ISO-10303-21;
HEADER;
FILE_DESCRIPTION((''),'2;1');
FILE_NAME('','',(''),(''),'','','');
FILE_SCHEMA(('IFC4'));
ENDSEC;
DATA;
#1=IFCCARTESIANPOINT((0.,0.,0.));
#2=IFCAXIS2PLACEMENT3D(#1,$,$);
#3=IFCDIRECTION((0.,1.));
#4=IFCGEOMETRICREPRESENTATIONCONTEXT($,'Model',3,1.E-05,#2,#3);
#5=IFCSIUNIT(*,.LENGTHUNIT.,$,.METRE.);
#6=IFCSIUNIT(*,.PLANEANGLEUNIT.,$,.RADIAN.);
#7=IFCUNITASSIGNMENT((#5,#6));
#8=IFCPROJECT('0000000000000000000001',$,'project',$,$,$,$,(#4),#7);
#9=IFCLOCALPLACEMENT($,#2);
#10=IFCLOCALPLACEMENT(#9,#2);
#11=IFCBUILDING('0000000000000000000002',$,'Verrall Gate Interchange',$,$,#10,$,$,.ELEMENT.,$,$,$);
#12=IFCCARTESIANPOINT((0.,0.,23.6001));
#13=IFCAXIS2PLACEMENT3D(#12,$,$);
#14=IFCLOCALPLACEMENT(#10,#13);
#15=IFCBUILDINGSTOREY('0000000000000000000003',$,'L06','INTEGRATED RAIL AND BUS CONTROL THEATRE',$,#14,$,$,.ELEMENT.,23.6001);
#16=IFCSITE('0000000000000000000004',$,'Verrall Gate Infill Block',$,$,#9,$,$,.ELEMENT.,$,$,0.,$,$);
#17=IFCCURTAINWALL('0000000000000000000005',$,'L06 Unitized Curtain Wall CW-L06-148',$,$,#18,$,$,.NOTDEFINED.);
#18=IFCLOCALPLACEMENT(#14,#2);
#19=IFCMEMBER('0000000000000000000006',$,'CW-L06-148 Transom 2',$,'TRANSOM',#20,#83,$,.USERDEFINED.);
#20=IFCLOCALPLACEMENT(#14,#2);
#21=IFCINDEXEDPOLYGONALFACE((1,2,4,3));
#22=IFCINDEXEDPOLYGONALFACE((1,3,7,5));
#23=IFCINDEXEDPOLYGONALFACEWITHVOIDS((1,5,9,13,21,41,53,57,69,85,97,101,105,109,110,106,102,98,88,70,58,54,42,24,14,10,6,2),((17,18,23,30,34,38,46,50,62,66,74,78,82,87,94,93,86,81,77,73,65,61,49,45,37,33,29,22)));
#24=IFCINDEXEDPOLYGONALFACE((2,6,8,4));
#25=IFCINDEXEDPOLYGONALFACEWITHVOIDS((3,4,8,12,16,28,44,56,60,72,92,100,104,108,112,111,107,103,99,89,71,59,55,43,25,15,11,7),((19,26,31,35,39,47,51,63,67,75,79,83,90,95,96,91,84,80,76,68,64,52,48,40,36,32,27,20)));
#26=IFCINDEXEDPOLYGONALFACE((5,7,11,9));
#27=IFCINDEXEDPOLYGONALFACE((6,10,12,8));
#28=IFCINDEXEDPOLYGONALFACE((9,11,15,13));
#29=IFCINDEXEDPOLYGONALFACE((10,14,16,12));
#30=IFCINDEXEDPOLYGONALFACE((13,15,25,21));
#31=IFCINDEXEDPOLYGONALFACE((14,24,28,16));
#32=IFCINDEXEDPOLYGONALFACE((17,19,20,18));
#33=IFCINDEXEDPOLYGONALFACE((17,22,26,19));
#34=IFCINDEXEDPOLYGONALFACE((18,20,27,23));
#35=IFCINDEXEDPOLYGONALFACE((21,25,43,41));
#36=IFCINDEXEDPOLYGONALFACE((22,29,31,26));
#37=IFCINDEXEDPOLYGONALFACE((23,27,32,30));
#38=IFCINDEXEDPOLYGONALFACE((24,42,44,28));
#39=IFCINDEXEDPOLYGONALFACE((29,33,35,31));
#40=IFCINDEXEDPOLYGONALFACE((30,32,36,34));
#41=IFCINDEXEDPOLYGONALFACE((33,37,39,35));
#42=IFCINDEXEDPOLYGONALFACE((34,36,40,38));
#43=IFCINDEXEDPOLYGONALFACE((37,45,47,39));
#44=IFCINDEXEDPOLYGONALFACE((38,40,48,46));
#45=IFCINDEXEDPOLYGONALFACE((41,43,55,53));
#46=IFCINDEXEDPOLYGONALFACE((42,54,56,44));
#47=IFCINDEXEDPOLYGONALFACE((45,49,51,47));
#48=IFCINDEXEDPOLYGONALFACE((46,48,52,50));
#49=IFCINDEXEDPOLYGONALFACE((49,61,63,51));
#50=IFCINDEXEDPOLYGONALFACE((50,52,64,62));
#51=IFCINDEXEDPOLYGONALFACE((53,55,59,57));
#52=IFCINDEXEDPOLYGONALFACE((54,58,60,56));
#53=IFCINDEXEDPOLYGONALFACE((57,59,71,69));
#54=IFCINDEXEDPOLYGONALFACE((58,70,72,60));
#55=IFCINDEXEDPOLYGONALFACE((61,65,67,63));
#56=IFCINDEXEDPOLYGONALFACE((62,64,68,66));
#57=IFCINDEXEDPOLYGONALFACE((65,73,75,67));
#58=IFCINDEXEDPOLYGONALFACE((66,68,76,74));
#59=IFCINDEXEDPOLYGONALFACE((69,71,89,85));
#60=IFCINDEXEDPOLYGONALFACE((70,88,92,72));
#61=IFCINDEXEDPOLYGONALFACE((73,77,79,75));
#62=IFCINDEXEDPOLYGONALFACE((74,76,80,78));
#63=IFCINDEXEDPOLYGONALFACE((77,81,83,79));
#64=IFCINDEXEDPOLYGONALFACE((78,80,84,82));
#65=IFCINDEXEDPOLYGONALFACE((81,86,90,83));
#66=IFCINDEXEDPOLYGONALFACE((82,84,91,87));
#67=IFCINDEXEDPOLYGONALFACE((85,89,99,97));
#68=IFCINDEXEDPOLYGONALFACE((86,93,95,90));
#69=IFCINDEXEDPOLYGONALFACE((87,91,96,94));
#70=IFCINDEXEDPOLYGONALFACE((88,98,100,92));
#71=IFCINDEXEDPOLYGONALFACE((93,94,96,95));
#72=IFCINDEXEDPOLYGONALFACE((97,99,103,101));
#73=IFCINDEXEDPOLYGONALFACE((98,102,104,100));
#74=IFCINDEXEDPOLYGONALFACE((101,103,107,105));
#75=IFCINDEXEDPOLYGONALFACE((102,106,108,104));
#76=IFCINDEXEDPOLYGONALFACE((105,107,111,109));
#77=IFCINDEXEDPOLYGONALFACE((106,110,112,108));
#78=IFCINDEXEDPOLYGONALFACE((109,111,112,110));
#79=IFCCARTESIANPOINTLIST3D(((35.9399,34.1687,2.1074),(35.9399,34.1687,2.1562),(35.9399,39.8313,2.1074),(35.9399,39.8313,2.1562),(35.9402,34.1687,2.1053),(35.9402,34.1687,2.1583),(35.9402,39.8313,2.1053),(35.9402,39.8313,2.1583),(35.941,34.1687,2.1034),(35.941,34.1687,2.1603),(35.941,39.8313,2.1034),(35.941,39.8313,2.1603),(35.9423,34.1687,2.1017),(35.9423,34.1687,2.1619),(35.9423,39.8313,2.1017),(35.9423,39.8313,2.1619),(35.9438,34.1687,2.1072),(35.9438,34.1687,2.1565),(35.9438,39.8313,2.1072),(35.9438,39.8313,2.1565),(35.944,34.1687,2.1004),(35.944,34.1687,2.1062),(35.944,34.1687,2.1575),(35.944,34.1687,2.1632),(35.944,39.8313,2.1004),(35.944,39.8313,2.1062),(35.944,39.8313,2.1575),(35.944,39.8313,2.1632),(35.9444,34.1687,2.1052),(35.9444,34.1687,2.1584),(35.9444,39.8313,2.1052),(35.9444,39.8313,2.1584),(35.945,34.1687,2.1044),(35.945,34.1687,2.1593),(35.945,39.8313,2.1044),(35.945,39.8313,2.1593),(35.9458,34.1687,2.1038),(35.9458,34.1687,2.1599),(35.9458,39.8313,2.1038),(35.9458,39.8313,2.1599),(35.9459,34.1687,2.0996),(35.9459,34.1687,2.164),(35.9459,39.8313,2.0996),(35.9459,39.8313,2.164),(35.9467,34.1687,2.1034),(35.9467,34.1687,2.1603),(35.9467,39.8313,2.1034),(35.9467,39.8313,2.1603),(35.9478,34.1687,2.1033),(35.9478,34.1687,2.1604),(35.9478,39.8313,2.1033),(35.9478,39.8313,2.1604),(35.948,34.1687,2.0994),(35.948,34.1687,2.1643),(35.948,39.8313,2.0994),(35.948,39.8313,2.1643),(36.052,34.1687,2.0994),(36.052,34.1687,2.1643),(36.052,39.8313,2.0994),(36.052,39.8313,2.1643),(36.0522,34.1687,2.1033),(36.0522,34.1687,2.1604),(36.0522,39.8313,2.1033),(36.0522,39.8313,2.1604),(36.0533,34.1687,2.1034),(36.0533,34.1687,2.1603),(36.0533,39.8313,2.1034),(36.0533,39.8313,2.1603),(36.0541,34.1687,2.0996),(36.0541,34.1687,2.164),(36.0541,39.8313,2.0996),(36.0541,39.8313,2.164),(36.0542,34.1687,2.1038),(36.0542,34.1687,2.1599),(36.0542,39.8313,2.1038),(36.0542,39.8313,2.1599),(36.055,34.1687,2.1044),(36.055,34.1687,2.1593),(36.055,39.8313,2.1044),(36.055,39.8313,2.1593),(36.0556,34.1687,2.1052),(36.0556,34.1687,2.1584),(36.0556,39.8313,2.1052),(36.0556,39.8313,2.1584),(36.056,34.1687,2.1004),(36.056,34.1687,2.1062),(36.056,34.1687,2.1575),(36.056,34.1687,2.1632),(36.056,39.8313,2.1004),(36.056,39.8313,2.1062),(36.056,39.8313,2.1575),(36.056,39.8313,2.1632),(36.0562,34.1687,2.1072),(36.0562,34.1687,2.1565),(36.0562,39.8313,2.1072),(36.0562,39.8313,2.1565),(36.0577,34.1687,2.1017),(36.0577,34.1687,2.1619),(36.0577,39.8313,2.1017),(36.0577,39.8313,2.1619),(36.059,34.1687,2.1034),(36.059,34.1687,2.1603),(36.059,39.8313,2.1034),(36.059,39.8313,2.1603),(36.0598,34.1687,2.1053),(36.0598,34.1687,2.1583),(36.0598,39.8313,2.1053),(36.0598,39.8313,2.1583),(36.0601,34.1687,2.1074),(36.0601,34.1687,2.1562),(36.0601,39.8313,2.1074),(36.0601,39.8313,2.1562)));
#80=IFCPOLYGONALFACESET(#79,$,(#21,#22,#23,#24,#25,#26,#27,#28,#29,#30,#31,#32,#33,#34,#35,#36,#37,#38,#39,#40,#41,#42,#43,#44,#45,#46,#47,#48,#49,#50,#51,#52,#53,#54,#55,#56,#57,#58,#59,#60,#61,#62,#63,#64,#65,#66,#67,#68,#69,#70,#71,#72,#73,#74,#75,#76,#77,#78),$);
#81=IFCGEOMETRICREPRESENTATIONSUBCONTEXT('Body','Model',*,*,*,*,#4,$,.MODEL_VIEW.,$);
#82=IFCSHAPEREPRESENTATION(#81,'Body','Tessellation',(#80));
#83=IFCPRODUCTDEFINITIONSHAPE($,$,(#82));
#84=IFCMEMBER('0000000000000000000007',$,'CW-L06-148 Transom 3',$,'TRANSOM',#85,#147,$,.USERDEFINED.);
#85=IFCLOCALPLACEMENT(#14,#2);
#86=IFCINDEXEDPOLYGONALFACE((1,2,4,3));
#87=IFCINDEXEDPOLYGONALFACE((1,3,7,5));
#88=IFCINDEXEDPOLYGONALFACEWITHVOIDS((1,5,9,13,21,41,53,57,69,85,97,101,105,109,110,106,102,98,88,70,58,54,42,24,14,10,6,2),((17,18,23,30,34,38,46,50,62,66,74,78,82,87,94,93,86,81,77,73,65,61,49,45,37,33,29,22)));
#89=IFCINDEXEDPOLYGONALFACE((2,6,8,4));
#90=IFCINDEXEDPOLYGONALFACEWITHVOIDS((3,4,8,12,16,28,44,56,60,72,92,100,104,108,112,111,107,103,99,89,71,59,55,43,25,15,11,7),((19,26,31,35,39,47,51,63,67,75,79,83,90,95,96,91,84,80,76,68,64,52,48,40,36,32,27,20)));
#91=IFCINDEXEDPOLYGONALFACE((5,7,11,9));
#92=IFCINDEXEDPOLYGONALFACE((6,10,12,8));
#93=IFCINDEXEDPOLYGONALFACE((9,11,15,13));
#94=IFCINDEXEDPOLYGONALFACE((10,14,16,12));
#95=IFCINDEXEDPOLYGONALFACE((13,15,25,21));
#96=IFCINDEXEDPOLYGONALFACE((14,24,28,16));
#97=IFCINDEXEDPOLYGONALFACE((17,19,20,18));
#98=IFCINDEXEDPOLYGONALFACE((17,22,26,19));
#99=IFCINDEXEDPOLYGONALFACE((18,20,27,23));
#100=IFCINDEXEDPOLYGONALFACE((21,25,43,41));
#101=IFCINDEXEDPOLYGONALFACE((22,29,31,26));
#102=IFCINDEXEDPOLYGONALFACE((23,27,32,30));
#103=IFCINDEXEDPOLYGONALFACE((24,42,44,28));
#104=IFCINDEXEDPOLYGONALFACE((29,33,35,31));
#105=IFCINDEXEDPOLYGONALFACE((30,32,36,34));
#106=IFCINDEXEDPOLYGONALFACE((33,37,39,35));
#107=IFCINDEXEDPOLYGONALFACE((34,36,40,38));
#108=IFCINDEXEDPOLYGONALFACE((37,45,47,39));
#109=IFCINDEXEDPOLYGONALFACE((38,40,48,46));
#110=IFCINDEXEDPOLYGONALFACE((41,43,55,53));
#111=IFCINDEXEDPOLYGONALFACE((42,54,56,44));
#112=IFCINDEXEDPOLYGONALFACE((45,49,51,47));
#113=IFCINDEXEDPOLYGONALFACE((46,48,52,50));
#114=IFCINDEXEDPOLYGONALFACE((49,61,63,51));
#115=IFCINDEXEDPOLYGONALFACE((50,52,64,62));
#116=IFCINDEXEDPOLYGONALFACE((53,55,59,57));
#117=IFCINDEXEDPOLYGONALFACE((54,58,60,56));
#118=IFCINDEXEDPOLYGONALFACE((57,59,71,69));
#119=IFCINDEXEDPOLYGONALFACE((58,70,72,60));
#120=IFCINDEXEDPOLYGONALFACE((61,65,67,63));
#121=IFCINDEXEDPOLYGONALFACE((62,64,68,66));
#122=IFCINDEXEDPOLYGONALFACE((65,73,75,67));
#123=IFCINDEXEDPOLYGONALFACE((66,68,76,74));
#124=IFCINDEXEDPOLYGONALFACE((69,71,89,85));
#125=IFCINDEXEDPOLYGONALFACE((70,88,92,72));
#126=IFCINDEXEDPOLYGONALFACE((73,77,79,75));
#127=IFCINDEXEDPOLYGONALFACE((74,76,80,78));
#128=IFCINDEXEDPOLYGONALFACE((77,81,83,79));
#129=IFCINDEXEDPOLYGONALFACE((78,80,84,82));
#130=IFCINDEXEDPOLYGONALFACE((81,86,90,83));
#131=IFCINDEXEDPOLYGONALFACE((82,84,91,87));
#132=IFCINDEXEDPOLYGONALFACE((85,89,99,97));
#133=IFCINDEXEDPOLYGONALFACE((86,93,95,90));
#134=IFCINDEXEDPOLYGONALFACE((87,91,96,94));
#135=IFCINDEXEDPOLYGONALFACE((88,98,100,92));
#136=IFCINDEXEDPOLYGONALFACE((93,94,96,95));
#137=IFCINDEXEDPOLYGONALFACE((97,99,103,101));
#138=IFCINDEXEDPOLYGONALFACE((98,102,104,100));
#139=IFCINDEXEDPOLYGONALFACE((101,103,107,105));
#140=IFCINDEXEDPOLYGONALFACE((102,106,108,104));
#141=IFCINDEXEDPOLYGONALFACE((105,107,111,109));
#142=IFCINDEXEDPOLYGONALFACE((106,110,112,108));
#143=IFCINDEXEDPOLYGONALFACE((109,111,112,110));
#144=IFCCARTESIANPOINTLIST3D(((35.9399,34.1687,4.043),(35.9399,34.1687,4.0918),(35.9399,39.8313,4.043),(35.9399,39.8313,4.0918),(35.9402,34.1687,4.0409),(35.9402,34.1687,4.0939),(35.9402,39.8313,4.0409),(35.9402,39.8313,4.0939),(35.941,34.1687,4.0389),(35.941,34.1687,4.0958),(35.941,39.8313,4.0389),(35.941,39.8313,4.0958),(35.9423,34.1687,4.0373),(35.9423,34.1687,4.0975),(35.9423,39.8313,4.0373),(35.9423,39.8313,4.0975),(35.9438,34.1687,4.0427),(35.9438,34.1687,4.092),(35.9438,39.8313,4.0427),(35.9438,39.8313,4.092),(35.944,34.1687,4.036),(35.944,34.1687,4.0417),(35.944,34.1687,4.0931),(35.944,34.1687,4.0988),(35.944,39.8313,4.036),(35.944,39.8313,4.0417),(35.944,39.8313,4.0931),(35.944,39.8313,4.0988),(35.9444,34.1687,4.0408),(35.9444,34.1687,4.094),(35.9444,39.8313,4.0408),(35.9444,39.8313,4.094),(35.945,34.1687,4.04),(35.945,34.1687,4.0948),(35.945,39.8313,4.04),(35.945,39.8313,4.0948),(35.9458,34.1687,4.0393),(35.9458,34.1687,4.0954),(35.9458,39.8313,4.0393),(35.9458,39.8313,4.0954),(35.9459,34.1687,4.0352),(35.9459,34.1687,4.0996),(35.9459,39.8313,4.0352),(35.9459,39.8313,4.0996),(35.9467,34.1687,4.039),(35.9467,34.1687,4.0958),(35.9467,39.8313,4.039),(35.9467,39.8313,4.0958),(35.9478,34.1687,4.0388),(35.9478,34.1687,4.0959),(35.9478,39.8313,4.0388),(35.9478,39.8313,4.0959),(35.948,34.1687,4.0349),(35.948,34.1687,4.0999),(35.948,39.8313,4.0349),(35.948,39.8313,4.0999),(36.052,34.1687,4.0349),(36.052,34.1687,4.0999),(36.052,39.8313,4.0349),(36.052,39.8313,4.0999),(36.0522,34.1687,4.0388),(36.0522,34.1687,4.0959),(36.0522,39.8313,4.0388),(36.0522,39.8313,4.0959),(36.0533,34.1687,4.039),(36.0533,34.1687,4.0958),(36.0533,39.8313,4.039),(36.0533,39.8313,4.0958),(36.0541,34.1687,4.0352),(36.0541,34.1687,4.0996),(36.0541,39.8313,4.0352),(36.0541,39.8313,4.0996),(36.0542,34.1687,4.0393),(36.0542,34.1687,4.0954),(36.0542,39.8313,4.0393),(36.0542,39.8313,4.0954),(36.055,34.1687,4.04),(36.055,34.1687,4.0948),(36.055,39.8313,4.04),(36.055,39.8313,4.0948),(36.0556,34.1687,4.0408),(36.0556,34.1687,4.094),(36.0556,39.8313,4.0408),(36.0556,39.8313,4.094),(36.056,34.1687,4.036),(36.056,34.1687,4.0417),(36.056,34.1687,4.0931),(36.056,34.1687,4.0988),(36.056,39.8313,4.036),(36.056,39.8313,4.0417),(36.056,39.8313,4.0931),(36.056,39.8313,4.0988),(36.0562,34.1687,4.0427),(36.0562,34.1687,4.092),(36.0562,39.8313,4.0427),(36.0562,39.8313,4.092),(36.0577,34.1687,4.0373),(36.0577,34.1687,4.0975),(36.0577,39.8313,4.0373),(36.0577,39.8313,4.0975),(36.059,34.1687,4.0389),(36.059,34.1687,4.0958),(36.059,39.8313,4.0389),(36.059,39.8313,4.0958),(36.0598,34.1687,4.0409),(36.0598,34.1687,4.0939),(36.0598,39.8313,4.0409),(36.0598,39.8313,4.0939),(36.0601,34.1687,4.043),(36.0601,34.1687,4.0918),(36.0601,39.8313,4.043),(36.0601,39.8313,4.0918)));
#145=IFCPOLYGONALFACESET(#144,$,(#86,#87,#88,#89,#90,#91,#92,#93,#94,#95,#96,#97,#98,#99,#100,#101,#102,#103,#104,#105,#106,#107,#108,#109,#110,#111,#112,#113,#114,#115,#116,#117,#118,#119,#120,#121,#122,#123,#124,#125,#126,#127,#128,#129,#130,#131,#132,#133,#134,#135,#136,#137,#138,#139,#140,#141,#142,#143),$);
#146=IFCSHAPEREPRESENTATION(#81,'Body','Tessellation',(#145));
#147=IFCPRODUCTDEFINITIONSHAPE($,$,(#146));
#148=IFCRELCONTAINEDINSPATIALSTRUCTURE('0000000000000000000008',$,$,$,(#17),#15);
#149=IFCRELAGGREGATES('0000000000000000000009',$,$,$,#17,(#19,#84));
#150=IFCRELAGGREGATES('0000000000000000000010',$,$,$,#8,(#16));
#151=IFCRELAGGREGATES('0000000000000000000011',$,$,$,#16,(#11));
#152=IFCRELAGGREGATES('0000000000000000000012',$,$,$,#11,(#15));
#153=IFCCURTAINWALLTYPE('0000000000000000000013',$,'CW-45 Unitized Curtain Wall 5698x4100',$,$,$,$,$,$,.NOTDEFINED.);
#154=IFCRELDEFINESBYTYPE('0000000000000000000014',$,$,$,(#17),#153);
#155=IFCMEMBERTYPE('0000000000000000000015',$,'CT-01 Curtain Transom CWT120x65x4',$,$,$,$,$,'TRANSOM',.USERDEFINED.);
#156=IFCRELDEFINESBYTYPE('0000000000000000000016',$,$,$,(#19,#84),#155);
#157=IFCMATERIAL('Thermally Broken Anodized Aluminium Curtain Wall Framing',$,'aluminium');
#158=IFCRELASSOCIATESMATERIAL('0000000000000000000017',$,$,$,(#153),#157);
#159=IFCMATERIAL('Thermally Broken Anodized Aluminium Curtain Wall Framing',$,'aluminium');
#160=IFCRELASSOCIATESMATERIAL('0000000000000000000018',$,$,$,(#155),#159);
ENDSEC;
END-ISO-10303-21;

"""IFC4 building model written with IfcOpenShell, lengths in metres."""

from ifc_helpers import new_model, si_unit, direction, frame, origin, origin_2d, place, context, subcontext, project, spatial, hollow_rectangle, extrude, material, material_profile, profile_set, type_object, element, aggregate, save


model = new_model("IFC4")

# Units and contexts
model_context = context("Model", 3, precision=1e-05, world=origin(), true_north=direction((0.0, 1.0)))
body_context = subcontext(model_context, "Body", "Model", "MODEL_VIEW")
ifc_project = project(units=[si_unit("LENGTHUNIT", "METRE"), si_unit("PLANEANGLEUNIT", "RADIAN")], contexts=[model_context])

# Site, building, storey
site_placement = place(None, origin())
site = spatial("IfcSite", under=ifc_project, at=site_placement, Name="Verrall Gate Infill Block", CompositionType="ELEMENT", RefElevation=0.0)
building_placement = place(site_placement, origin())
building = spatial("IfcBuilding", under=site, at=building_placement, Name="Verrall Gate Interchange", CompositionType="ELEMENT")
storey_placement = place(building_placement, frame((0.0, 0.0, 23.6001)))
storey = spatial("IfcBuildingStorey", under=building, at=storey_placement, Name="L06", Description="INTEGRATED RAIL AND BUS CONTROL THEATRE", CompositionType="ELEMENT", Elevation=23.6001)

# Curtain wall, members
ifc_material_1 = material(Name="Thermally Broken Anodized Aluminium Curtain Wall Framing", Category="aluminium")
curtain_wall_type_1 = type_object("IfcCurtainWallType", Name="CW-45 Unitized Curtain Wall 5698x4100", PredefinedType="NOTDEFINED", material=ifc_material_1)
curtain_wall_1_placement = place(storey_placement, origin())
curtain_wall_1 = element("IfcCurtainWall", 1, at=curtain_wall_1_placement, inside=storey, type_object=curtain_wall_type_1, Name="L06 Unitized Curtain Wall CW-L06-148", PredefinedType="NOTDEFINED")
ifc_material_2 = material(Name="Thermally Broken Anodized Aluminium Curtain Wall Framing", Category="aluminium")
ifc_material_profile_1 = material_profile(ifc_material_2, hollow_rectangle(XDim=0.1201, YDim=0.0649, WallThickness=0.0039, InnerFilletRadius=0.0039, OuterFilletRadius=0.0081, at=origin_2d()), Name="CWT120x65x4")
ifc_profile_set_1 = profile_set([ifc_material_profile_1], Name="Thermally Broken Anodized Aluminium Curtain Wall Framing")
member_type_1 = type_object("IfcMemberType", Name="CT-01 Curtain Transom CWT120x65x4", ElementType="TRANSOM", PredefinedType="USERDEFINED", material=ifc_profile_set_1)
member_1_placement = place(storey_placement, frame((36.0, 34.1687, 2.1318), z_axis=(0.0, 1.0, 0.0), x_axis=(-1.0, 0.0, 0.0)))
member_1 = element("IfcMember", 2, at=member_1_placement, type_object=member_type_1, Name="CW-L06-148 Transom 2", ObjectType="TRANSOM", PredefinedType="USERDEFINED", context=body_context, shape_type="SweptSolid", body=[
    extrude(hollow_rectangle(XDim=0.1201, YDim=0.0649, WallThickness=0.0039, InnerFilletRadius=0.0039, OuterFilletRadius=0.0081, at=origin_2d()), origin(), (0.0, 0.0, 1.0), 5.6626),
])
member_2_placement = place(storey_placement, frame((36.0, 34.1687, 4.0674), z_axis=(0.0, 1.0, 0.0), x_axis=(-1.0, 0.0, 0.0)))
member_2 = element("IfcMember", 3, at=member_2_placement, type_object=member_type_1, Name="CW-L06-148 Transom 3", ObjectType="TRANSOM", PredefinedType="USERDEFINED", context=body_context, shape_type="SweptSolid", body=[
    extrude(hollow_rectangle(XDim=0.1201, YDim=0.0649, WallThickness=0.0039, InnerFilletRadius=0.0039, OuterFilletRadius=0.0081, at=origin_2d()), origin(), (0.0, 0.0, 1.0), 5.6626),
])

aggregate(curtain_wall_1, [member_1, member_2])

save(model, "model.ifc")
